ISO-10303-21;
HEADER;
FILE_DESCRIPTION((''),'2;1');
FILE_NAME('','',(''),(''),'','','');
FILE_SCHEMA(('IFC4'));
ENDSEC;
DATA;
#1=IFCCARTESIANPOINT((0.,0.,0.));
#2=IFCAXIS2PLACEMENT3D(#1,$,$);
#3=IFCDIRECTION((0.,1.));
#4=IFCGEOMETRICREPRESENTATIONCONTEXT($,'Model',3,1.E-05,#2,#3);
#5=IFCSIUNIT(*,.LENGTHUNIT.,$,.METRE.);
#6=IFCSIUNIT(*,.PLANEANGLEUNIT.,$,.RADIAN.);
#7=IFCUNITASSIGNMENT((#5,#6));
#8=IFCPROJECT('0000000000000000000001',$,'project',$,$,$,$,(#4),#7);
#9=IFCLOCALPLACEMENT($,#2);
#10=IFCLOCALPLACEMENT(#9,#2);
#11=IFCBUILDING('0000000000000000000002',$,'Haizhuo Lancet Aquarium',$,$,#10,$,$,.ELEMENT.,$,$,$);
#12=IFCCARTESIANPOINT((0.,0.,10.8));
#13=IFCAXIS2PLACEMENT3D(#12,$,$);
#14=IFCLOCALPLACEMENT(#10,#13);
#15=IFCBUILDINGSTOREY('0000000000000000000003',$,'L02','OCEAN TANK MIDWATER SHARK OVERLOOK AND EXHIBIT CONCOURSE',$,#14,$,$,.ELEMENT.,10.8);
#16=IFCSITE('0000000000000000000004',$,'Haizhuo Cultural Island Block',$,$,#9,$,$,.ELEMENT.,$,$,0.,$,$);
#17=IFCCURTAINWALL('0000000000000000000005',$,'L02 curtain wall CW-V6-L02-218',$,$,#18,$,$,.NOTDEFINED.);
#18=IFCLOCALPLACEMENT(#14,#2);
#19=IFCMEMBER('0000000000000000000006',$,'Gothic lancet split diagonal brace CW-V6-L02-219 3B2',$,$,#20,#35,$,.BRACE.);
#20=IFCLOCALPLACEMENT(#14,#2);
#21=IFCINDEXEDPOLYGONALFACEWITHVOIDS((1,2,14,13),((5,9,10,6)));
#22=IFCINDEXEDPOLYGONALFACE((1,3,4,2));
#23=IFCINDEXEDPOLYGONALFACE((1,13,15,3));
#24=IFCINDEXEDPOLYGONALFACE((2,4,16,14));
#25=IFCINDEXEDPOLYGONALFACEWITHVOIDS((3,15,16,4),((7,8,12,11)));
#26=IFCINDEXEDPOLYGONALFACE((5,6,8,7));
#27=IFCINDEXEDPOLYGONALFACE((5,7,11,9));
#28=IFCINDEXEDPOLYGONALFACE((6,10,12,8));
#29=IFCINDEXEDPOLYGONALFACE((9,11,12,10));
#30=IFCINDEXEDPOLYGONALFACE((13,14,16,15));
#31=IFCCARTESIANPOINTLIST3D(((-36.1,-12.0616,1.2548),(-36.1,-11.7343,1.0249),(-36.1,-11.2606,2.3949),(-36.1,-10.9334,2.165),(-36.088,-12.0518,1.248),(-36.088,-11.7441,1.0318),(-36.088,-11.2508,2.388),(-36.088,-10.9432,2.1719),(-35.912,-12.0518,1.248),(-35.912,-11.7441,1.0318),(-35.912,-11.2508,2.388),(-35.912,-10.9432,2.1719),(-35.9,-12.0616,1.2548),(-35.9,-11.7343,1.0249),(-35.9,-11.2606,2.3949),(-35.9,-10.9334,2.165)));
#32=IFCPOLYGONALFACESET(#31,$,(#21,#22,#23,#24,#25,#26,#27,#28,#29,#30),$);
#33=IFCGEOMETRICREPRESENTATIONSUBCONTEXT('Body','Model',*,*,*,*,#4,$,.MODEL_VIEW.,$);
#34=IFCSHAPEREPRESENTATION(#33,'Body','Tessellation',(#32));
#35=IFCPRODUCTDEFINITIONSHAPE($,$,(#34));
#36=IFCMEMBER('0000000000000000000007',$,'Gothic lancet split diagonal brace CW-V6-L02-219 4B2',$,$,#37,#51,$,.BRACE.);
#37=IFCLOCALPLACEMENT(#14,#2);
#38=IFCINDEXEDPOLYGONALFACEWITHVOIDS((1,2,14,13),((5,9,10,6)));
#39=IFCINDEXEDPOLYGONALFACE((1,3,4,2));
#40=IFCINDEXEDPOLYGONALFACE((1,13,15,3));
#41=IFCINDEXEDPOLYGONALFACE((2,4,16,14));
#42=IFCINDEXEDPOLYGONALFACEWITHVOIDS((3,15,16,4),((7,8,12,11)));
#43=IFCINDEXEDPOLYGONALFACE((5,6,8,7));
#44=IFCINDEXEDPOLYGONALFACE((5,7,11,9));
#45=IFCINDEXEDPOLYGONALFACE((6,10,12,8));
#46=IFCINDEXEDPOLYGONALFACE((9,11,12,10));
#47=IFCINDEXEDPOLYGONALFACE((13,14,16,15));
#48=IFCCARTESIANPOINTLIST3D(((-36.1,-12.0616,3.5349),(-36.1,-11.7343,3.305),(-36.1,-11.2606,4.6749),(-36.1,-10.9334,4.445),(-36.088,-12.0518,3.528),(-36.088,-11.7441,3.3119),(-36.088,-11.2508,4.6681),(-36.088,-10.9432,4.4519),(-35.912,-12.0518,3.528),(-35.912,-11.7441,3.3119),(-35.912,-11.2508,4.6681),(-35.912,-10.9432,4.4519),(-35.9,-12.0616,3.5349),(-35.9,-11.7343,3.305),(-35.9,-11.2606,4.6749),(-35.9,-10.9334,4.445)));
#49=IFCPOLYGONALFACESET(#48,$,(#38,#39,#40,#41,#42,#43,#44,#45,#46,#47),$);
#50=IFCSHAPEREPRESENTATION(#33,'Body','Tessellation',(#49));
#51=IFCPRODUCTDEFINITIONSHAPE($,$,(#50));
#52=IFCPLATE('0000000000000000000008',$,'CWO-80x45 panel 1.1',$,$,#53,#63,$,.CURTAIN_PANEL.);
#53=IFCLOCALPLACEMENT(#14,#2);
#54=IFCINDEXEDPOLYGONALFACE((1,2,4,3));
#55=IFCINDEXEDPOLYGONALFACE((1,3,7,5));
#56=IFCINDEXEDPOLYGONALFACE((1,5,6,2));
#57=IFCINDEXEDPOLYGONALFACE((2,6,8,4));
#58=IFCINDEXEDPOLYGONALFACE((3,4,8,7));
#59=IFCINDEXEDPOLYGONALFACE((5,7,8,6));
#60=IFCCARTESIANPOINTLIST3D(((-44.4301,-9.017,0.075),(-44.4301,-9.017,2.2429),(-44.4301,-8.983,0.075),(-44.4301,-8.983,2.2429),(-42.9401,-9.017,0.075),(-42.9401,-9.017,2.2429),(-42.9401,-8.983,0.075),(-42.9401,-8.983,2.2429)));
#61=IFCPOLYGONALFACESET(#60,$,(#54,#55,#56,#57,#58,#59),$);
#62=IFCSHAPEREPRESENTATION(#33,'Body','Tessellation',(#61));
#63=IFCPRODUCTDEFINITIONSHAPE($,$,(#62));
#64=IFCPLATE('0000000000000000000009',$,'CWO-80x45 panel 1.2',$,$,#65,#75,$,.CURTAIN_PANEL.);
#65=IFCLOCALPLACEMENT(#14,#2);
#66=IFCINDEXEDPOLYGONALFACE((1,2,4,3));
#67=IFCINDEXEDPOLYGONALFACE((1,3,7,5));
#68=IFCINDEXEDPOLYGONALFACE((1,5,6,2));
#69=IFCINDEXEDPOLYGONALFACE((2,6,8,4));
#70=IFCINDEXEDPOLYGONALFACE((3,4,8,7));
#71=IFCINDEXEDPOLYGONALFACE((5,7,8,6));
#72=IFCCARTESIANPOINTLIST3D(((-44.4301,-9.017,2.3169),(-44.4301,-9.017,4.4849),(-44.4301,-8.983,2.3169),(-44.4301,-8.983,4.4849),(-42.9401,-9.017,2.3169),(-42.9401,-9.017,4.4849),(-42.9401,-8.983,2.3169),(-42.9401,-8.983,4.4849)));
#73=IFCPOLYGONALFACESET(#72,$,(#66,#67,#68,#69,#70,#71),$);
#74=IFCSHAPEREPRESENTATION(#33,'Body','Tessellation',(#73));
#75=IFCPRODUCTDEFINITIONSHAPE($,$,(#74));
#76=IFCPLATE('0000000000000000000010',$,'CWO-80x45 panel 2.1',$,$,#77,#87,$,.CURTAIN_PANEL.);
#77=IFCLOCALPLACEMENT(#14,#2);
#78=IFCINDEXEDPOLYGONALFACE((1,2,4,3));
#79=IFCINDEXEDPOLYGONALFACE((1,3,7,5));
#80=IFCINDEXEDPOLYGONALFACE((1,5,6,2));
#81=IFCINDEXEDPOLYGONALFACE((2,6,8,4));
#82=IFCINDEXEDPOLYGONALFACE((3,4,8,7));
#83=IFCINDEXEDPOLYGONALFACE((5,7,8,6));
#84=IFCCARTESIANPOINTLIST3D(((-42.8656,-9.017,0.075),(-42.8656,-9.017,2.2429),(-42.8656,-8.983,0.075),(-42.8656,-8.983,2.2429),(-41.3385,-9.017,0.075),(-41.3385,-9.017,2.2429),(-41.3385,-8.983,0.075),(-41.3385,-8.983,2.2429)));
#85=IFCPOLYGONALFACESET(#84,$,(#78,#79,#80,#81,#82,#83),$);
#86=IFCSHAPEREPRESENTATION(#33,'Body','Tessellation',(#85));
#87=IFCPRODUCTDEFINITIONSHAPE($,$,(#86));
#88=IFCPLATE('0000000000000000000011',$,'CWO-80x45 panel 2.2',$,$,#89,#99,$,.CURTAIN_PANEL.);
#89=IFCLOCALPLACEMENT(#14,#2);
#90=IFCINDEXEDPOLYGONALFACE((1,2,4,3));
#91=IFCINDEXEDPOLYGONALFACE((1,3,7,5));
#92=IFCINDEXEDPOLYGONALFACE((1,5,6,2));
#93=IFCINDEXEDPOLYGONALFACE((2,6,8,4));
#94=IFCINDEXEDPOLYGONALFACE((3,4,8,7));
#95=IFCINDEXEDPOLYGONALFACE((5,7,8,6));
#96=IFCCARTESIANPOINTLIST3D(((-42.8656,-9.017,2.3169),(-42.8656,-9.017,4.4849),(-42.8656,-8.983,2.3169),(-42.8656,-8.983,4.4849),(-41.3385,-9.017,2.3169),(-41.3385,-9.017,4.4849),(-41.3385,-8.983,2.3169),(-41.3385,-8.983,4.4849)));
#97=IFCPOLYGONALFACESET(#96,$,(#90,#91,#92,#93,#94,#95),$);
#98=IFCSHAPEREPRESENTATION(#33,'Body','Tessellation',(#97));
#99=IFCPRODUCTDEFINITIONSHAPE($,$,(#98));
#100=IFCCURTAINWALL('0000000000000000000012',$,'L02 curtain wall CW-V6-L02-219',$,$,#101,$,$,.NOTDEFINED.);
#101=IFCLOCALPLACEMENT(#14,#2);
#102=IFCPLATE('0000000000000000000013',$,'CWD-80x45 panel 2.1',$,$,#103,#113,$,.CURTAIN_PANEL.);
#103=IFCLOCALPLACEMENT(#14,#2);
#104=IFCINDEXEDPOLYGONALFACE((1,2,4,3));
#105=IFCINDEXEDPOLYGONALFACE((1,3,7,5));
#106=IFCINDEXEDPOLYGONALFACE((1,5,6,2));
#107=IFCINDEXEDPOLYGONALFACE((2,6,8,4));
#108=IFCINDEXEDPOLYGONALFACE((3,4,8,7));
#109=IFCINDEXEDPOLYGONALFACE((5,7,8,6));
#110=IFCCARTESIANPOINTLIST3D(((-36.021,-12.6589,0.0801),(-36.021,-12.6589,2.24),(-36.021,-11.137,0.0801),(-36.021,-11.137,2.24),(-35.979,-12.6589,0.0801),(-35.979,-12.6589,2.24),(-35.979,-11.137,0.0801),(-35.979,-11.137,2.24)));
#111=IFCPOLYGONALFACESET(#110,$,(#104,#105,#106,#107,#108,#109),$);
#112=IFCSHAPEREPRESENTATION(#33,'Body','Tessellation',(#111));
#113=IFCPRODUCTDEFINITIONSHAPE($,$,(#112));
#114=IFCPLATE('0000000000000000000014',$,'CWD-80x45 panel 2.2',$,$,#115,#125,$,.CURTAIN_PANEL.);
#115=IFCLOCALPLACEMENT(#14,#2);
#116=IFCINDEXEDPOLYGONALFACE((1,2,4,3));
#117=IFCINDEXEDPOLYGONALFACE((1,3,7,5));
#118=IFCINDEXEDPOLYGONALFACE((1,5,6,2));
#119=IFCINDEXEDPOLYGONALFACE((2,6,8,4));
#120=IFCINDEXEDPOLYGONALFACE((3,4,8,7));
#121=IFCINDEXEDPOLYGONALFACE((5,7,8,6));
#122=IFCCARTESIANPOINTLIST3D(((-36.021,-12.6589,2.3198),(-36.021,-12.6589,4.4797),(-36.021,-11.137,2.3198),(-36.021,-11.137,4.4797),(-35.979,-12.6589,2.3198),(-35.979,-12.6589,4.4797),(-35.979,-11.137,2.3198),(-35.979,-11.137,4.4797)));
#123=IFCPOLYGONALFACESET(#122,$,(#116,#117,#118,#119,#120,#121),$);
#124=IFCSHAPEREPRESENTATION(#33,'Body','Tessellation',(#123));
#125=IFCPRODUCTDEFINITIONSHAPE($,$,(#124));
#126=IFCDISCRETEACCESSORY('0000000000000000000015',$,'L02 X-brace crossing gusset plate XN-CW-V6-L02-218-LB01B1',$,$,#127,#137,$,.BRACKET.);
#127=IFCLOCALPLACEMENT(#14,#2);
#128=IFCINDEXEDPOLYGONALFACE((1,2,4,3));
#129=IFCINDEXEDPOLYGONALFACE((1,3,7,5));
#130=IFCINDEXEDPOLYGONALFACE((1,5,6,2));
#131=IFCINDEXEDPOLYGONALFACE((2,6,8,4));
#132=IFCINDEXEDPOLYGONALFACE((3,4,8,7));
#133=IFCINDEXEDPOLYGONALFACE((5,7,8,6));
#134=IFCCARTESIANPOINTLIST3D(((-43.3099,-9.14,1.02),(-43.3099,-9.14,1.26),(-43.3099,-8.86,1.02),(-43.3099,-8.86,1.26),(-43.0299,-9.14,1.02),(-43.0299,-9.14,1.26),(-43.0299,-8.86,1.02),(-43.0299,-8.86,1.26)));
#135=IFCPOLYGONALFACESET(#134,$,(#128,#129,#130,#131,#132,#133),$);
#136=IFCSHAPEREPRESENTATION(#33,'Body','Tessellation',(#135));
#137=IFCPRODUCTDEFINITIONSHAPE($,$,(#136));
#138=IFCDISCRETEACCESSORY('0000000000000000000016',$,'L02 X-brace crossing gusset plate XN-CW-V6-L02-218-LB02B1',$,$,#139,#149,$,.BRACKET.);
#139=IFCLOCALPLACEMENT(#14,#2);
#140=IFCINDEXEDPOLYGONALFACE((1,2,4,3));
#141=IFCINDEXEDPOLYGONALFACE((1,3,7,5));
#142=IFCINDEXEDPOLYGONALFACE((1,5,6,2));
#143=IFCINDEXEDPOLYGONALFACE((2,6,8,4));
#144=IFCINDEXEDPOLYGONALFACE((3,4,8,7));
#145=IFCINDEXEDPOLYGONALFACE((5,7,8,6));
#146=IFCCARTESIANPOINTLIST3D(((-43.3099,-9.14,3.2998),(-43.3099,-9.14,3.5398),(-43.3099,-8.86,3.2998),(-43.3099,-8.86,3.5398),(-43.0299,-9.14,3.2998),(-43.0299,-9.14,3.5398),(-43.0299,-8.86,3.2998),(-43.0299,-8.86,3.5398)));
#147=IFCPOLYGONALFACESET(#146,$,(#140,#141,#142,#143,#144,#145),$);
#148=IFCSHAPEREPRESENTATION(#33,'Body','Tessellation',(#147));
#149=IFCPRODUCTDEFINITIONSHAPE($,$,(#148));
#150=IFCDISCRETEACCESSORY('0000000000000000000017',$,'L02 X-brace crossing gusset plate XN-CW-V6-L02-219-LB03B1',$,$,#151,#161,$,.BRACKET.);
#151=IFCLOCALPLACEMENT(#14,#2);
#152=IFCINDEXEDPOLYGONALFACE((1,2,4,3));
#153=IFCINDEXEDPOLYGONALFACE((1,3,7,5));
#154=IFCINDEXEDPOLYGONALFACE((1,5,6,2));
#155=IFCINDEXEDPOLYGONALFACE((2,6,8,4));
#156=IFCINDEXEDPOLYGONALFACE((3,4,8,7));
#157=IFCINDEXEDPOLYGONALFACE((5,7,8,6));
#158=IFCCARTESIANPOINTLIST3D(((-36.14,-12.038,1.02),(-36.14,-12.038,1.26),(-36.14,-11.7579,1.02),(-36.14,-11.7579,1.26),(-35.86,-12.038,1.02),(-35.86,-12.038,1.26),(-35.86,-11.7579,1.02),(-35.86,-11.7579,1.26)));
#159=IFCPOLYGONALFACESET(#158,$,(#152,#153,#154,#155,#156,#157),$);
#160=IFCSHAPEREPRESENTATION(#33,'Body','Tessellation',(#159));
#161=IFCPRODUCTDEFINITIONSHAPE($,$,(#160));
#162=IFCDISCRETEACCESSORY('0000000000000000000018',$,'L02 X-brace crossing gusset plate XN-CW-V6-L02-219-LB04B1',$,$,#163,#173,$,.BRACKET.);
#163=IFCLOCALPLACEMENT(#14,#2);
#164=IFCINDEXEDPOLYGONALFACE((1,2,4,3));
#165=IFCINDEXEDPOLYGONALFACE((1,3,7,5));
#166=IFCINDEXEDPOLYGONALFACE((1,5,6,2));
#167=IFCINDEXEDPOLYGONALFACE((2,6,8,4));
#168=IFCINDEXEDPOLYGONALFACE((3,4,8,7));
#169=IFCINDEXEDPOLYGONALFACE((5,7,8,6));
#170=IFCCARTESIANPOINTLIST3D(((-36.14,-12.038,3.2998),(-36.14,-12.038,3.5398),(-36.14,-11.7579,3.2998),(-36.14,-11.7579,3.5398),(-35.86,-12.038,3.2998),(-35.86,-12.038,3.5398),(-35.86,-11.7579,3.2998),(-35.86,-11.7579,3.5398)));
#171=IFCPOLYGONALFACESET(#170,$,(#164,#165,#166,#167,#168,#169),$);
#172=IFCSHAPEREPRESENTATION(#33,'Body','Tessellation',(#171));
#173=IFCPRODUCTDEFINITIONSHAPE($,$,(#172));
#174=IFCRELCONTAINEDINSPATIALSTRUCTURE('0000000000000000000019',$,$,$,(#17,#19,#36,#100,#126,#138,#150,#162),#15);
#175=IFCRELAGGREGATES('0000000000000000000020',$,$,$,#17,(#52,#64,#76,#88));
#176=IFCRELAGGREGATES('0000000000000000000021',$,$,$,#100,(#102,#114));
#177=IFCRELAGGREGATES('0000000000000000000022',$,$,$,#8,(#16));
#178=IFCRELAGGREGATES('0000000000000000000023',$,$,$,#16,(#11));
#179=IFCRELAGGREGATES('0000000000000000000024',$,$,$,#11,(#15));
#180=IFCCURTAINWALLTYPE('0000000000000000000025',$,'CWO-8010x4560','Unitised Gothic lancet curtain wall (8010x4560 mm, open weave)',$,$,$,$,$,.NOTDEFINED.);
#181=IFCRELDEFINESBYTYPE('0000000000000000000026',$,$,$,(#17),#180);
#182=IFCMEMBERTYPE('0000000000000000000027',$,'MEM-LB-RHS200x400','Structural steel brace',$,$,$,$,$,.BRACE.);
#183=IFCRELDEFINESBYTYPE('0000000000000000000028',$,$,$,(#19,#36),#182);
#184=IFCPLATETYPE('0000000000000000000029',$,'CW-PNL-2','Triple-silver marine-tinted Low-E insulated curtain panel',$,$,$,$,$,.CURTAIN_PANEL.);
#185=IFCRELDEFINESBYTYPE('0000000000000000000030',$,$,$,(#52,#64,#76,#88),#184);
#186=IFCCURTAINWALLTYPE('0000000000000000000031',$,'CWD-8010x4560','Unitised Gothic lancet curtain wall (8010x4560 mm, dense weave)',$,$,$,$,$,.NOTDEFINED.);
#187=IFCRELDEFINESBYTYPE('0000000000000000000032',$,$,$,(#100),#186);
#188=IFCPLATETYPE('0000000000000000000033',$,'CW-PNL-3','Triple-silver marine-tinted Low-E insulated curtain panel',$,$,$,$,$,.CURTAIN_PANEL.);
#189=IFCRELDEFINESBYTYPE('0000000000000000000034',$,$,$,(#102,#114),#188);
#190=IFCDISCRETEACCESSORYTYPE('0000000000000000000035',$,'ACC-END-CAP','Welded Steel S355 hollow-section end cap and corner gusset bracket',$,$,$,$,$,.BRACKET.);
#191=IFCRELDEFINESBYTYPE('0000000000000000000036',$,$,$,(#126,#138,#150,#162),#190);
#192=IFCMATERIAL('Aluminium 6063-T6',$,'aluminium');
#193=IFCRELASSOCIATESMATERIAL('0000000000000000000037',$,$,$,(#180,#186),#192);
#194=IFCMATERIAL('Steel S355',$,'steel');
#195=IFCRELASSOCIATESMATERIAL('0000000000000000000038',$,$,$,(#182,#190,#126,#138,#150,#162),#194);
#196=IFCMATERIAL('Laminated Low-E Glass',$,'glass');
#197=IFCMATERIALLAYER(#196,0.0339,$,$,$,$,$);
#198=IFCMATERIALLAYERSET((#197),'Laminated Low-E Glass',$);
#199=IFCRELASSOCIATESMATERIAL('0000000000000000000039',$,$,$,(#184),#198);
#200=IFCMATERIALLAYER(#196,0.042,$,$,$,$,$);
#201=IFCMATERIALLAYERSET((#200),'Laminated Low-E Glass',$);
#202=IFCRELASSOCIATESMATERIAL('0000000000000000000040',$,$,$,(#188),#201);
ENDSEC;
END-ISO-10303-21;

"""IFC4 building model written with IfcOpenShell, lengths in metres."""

from ifc_helpers import new_model, si_unit, direction, frame, origin, origin_2d, place, context, subcontext, project, spatial, rectangle, hollow_rectangle, extrude, material, layer, layer_set, material_profile, profile_set, type_object, element, aggregate, save


model = new_model("IFC4")

# Units and contexts
model_context = context("Model", 3, precision=1e-05, world=origin(), true_north=direction((0.0, 1.0)))
body_context = subcontext(model_context, "Body", "Model", "MODEL_VIEW")
ifc_project = project(units=[si_unit("LENGTHUNIT", "METRE"), si_unit("PLANEANGLEUNIT", "RADIAN")], contexts=[model_context])

# Site, building, storey
site_placement = place(None, origin())
site = spatial("IfcSite", under=ifc_project, at=site_placement, Name="Haizhuo Cultural Island Block", CompositionType="ELEMENT", RefElevation=0.0)
building_placement = place(site_placement, origin())
building = spatial("IfcBuilding", under=site, at=building_placement, Name="Haizhuo Lancet Aquarium", CompositionType="ELEMENT")
storey_placement = place(building_placement, frame((0.0, 0.0, 10.8)))
storey = spatial("IfcBuildingStorey", under=building, at=storey_placement, Name="L02", Description="OCEAN TANK MIDWATER SHARK OVERLOOK AND EXHIBIT CONCOURSE", CompositionType="ELEMENT", Elevation=10.8)

# Curtain wall
ifc_material_1 = material(Name="Aluminium 6063-T6", Category="aluminium")
curtain_wall_type_1 = type_object("IfcCurtainWallType", Name="CWO-8010x4560", Description="Unitised Gothic lancet curtain wall (8010x4560 mm, open weave)", PredefinedType="NOTDEFINED", material=ifc_material_1)
curtain_wall_1_placement = place(storey_placement, origin())
curtain_wall_1 = element("IfcCurtainWall", 1, at=curtain_wall_1_placement, inside=storey, type_object=curtain_wall_type_1, Name="L02 curtain wall CW-V6-L02-218", PredefinedType="NOTDEFINED")

# Members
ifc_material_2 = material(Name="Steel S355", Category="steel")
ifc_material_profile_1 = material_profile(ifc_material_2, hollow_rectangle(XDim=0.2, YDim=0.3999, WallThickness=0.012, at=origin_2d()), Name="RHS 200x400x12")
ifc_profile_set_1 = profile_set([ifc_material_profile_1], Name="Steel S355")
member_type_1 = type_object("IfcMemberType", Name="MEM-LB-RHS200x400", Description="Structural steel brace", PredefinedType="BRACE", material=ifc_profile_set_1)
for number, where, z_axis, x_axis, name in (
    (2, (-36.0, -11.8979, 1.1399), (0.0, 0.574873, 0.818243), (-1.0, 0.0, 0.0), "Gothic lancet split diagonal brace CW-V6-L02-219 3B2"),
    (3, (-36.0, -11.8979, 3.4199), (0.0, 0.574873, 0.818243), (-1.0, 0.0, 0.0), "Gothic lancet split diagonal brace CW-V6-L02-219 4B2"),
):
    element("IfcMember", number, at=place(storey_placement, frame(where, z_axis=z_axis, x_axis=x_axis)), inside=storey, type_object=member_type_1, Name=name, PredefinedType="BRACE", context=body_context, shape_type="SweptSolid", body=[
        extrude(hollow_rectangle(XDim=0.2, YDim=0.3999, WallThickness=0.012, at=origin_2d()), origin(), (0.0, 0.0, 1.0), 1.3933),
    ])

# Plates
ifc_material_3 = material(Name="Laminated Low-E Glass", Category="glass")
ifc_layer_1 = layer(ifc_material_3, 0.0339)
ifc_layer_set_1 = layer_set([ifc_layer_1], Name="Laminated Low-E Glass")
plate_type_1 = type_object("IfcPlateType", Name="CW-PNL-2", Description="Triple-silver marine-tinted Low-E insulated curtain panel", PredefinedType="CURTAIN_PANEL", material=ifc_layer_set_1)
plate_1_placement = place(storey_placement, frame((-43.6851, -9.0, 0.075), z_axis=(0.0, 0.0, 1.0), x_axis=(1.0, 0.0, 0.0)))
plate_1 = element("IfcPlate", 4, at=plate_1_placement, type_object=plate_type_1, Name="CWO-80x45 panel 1.1", PredefinedType="CURTAIN_PANEL", context=body_context, shape_type="SweptSolid", body=[
    extrude(rectangle(XDim=1.49, YDim=0.0339, at=origin_2d()), origin(), (0.0, 0.0, 1.0), 2.168),
])
plate_2_placement = place(storey_placement, frame((-43.6851, -9.0, 2.3169), z_axis=(0.0, 0.0, 1.0), x_axis=(1.0, 0.0, 0.0)))
plate_2 = element("IfcPlate", 5, at=plate_2_placement, type_object=plate_type_1, Name="CWO-80x45 panel 1.2", PredefinedType="CURTAIN_PANEL", context=body_context, shape_type="SweptSolid", body=[
    extrude(rectangle(XDim=1.49, YDim=0.0339, at=origin_2d()), origin(), (0.0, 0.0, 1.0), 2.168),
])
plate_3_placement = place(storey_placement, frame((-42.1021, -9.0, 0.075), z_axis=(0.0, 0.0, 1.0), x_axis=(1.0, 0.0, 0.0)))
plate_3 = element("IfcPlate", 6, at=plate_3_placement, type_object=plate_type_1, Name="CWO-80x45 panel 2.1", PredefinedType="CURTAIN_PANEL", context=body_context, shape_type="SweptSolid", body=[
    extrude(rectangle(XDim=1.5271, YDim=0.0339, at=origin_2d()), origin(), (0.0, 0.0, 1.0), 2.168),
])
plate_4_placement = place(storey_placement, frame((-42.1021, -9.0, 2.3169), z_axis=(0.0, 0.0, 1.0), x_axis=(1.0, 0.0, 0.0)))
plate_4 = element("IfcPlate", 7, at=plate_4_placement, type_object=plate_type_1, Name="CWO-80x45 panel 2.2", PredefinedType="CURTAIN_PANEL", context=body_context, shape_type="SweptSolid", body=[
    extrude(rectangle(XDim=1.5271, YDim=0.0339, at=origin_2d()), origin(), (0.0, 0.0, 1.0), 2.168),
])
aggregate(curtain_wall_1, [plate_1, plate_2, plate_3, plate_4])

# Curtain wall, plates
curtain_wall_type_2 = type_object("IfcCurtainWallType", Name="CWD-8010x4560", Description="Unitised Gothic lancet curtain wall (8010x4560 mm, dense weave)", PredefinedType="NOTDEFINED", material=ifc_material_1)
curtain_wall_2_placement = place(storey_placement, origin())
curtain_wall_2 = element("IfcCurtainWall", 8, at=curtain_wall_2_placement, inside=storey, type_object=curtain_wall_type_2, Name="L02 curtain wall CW-V6-L02-219", PredefinedType="NOTDEFINED")
ifc_layer_2 = layer(ifc_material_3, 0.042)
ifc_layer_set_2 = layer_set([ifc_layer_2], Name="Laminated Low-E Glass")
plate_type_2 = type_object("IfcPlateType", Name="CW-PNL-3", Description="Triple-silver marine-tinted Low-E insulated curtain panel", PredefinedType="CURTAIN_PANEL", material=ifc_layer_set_2)
plate_5_placement = place(storey_placement, frame((-36.0, -11.8979, 0.0801), z_axis=(0.0, 0.0, 1.0), x_axis=(0.0, -1.0, 0.0)))
plate_5 = element("IfcPlate", 9, at=plate_5_placement, type_object=plate_type_2, Name="CWD-80x45 panel 2.1", PredefinedType="CURTAIN_PANEL", context=body_context, shape_type="SweptSolid", body=[
    extrude(rectangle(XDim=1.522, YDim=0.042, at=origin_2d()), origin(), (0.0, 0.0, 1.0), 2.1599),
])
plate_6_placement = place(storey_placement, frame((-36.0, -11.8979, 2.3198), z_axis=(0.0, 0.0, 1.0), x_axis=(0.0, -1.0, 0.0)))
plate_6 = element("IfcPlate", 10, at=plate_6_placement, type_object=plate_type_2, Name="CWD-80x45 panel 2.2", PredefinedType="CURTAIN_PANEL", context=body_context, shape_type="SweptSolid", body=[
    extrude(rectangle(XDim=1.522, YDim=0.042, at=origin_2d()), origin(), (0.0, 0.0, 1.0), 2.1599),
])
aggregate(curtain_wall_2, [plate_5, plate_6])

# Discrete accessories
discrete_accessory_type = type_object("IfcDiscreteAccessoryType", Name="ACC-END-CAP", Description="Welded Steel S355 hollow-section end cap and corner gusset bracket", PredefinedType="BRACKET", material=ifc_material_2)
for number, where, z_axis, x_axis, name in (
    (11, (-43.1699, -9.0, 1.02), (0.0, 0.0, 1.0), (1.0, 0.0, 0.0), "L02 X-brace crossing gusset plate XN-CW-V6-L02-218-LB01B1"),
    (12, (-43.1699, -9.0, 3.2998), (0.0, 0.0, 1.0), (1.0, 0.0, 0.0), "L02 X-brace crossing gusset plate XN-CW-V6-L02-218-LB02B1"),
    (13, (-36.0, -11.8979, 1.02), (0.0, 0.0, 1.0), (1.0, 0.0, 0.0), "L02 X-brace crossing gusset plate XN-CW-V6-L02-219-LB03B1"),
    (14, (-36.0, -11.8979, 3.2998), (0.0, 0.0, 1.0), (1.0, 0.0, 0.0), "L02 X-brace crossing gusset plate XN-CW-V6-L02-219-LB04B1"),
):
    element("IfcDiscreteAccessory", number, at=place(storey_placement, frame(where, z_axis=z_axis, x_axis=x_axis)), inside=storey, type_object=discrete_accessory_type, material=ifc_material_2, Name=name, PredefinedType="BRACKET", context=body_context, shape_type="SweptSolid", body=[
        extrude(rectangle(XDim=0.28, YDim=0.28, at=origin_2d()), origin(), (0.0, 0.0, 1.0), 0.24),
    ])

save(model, "model.ifc")
